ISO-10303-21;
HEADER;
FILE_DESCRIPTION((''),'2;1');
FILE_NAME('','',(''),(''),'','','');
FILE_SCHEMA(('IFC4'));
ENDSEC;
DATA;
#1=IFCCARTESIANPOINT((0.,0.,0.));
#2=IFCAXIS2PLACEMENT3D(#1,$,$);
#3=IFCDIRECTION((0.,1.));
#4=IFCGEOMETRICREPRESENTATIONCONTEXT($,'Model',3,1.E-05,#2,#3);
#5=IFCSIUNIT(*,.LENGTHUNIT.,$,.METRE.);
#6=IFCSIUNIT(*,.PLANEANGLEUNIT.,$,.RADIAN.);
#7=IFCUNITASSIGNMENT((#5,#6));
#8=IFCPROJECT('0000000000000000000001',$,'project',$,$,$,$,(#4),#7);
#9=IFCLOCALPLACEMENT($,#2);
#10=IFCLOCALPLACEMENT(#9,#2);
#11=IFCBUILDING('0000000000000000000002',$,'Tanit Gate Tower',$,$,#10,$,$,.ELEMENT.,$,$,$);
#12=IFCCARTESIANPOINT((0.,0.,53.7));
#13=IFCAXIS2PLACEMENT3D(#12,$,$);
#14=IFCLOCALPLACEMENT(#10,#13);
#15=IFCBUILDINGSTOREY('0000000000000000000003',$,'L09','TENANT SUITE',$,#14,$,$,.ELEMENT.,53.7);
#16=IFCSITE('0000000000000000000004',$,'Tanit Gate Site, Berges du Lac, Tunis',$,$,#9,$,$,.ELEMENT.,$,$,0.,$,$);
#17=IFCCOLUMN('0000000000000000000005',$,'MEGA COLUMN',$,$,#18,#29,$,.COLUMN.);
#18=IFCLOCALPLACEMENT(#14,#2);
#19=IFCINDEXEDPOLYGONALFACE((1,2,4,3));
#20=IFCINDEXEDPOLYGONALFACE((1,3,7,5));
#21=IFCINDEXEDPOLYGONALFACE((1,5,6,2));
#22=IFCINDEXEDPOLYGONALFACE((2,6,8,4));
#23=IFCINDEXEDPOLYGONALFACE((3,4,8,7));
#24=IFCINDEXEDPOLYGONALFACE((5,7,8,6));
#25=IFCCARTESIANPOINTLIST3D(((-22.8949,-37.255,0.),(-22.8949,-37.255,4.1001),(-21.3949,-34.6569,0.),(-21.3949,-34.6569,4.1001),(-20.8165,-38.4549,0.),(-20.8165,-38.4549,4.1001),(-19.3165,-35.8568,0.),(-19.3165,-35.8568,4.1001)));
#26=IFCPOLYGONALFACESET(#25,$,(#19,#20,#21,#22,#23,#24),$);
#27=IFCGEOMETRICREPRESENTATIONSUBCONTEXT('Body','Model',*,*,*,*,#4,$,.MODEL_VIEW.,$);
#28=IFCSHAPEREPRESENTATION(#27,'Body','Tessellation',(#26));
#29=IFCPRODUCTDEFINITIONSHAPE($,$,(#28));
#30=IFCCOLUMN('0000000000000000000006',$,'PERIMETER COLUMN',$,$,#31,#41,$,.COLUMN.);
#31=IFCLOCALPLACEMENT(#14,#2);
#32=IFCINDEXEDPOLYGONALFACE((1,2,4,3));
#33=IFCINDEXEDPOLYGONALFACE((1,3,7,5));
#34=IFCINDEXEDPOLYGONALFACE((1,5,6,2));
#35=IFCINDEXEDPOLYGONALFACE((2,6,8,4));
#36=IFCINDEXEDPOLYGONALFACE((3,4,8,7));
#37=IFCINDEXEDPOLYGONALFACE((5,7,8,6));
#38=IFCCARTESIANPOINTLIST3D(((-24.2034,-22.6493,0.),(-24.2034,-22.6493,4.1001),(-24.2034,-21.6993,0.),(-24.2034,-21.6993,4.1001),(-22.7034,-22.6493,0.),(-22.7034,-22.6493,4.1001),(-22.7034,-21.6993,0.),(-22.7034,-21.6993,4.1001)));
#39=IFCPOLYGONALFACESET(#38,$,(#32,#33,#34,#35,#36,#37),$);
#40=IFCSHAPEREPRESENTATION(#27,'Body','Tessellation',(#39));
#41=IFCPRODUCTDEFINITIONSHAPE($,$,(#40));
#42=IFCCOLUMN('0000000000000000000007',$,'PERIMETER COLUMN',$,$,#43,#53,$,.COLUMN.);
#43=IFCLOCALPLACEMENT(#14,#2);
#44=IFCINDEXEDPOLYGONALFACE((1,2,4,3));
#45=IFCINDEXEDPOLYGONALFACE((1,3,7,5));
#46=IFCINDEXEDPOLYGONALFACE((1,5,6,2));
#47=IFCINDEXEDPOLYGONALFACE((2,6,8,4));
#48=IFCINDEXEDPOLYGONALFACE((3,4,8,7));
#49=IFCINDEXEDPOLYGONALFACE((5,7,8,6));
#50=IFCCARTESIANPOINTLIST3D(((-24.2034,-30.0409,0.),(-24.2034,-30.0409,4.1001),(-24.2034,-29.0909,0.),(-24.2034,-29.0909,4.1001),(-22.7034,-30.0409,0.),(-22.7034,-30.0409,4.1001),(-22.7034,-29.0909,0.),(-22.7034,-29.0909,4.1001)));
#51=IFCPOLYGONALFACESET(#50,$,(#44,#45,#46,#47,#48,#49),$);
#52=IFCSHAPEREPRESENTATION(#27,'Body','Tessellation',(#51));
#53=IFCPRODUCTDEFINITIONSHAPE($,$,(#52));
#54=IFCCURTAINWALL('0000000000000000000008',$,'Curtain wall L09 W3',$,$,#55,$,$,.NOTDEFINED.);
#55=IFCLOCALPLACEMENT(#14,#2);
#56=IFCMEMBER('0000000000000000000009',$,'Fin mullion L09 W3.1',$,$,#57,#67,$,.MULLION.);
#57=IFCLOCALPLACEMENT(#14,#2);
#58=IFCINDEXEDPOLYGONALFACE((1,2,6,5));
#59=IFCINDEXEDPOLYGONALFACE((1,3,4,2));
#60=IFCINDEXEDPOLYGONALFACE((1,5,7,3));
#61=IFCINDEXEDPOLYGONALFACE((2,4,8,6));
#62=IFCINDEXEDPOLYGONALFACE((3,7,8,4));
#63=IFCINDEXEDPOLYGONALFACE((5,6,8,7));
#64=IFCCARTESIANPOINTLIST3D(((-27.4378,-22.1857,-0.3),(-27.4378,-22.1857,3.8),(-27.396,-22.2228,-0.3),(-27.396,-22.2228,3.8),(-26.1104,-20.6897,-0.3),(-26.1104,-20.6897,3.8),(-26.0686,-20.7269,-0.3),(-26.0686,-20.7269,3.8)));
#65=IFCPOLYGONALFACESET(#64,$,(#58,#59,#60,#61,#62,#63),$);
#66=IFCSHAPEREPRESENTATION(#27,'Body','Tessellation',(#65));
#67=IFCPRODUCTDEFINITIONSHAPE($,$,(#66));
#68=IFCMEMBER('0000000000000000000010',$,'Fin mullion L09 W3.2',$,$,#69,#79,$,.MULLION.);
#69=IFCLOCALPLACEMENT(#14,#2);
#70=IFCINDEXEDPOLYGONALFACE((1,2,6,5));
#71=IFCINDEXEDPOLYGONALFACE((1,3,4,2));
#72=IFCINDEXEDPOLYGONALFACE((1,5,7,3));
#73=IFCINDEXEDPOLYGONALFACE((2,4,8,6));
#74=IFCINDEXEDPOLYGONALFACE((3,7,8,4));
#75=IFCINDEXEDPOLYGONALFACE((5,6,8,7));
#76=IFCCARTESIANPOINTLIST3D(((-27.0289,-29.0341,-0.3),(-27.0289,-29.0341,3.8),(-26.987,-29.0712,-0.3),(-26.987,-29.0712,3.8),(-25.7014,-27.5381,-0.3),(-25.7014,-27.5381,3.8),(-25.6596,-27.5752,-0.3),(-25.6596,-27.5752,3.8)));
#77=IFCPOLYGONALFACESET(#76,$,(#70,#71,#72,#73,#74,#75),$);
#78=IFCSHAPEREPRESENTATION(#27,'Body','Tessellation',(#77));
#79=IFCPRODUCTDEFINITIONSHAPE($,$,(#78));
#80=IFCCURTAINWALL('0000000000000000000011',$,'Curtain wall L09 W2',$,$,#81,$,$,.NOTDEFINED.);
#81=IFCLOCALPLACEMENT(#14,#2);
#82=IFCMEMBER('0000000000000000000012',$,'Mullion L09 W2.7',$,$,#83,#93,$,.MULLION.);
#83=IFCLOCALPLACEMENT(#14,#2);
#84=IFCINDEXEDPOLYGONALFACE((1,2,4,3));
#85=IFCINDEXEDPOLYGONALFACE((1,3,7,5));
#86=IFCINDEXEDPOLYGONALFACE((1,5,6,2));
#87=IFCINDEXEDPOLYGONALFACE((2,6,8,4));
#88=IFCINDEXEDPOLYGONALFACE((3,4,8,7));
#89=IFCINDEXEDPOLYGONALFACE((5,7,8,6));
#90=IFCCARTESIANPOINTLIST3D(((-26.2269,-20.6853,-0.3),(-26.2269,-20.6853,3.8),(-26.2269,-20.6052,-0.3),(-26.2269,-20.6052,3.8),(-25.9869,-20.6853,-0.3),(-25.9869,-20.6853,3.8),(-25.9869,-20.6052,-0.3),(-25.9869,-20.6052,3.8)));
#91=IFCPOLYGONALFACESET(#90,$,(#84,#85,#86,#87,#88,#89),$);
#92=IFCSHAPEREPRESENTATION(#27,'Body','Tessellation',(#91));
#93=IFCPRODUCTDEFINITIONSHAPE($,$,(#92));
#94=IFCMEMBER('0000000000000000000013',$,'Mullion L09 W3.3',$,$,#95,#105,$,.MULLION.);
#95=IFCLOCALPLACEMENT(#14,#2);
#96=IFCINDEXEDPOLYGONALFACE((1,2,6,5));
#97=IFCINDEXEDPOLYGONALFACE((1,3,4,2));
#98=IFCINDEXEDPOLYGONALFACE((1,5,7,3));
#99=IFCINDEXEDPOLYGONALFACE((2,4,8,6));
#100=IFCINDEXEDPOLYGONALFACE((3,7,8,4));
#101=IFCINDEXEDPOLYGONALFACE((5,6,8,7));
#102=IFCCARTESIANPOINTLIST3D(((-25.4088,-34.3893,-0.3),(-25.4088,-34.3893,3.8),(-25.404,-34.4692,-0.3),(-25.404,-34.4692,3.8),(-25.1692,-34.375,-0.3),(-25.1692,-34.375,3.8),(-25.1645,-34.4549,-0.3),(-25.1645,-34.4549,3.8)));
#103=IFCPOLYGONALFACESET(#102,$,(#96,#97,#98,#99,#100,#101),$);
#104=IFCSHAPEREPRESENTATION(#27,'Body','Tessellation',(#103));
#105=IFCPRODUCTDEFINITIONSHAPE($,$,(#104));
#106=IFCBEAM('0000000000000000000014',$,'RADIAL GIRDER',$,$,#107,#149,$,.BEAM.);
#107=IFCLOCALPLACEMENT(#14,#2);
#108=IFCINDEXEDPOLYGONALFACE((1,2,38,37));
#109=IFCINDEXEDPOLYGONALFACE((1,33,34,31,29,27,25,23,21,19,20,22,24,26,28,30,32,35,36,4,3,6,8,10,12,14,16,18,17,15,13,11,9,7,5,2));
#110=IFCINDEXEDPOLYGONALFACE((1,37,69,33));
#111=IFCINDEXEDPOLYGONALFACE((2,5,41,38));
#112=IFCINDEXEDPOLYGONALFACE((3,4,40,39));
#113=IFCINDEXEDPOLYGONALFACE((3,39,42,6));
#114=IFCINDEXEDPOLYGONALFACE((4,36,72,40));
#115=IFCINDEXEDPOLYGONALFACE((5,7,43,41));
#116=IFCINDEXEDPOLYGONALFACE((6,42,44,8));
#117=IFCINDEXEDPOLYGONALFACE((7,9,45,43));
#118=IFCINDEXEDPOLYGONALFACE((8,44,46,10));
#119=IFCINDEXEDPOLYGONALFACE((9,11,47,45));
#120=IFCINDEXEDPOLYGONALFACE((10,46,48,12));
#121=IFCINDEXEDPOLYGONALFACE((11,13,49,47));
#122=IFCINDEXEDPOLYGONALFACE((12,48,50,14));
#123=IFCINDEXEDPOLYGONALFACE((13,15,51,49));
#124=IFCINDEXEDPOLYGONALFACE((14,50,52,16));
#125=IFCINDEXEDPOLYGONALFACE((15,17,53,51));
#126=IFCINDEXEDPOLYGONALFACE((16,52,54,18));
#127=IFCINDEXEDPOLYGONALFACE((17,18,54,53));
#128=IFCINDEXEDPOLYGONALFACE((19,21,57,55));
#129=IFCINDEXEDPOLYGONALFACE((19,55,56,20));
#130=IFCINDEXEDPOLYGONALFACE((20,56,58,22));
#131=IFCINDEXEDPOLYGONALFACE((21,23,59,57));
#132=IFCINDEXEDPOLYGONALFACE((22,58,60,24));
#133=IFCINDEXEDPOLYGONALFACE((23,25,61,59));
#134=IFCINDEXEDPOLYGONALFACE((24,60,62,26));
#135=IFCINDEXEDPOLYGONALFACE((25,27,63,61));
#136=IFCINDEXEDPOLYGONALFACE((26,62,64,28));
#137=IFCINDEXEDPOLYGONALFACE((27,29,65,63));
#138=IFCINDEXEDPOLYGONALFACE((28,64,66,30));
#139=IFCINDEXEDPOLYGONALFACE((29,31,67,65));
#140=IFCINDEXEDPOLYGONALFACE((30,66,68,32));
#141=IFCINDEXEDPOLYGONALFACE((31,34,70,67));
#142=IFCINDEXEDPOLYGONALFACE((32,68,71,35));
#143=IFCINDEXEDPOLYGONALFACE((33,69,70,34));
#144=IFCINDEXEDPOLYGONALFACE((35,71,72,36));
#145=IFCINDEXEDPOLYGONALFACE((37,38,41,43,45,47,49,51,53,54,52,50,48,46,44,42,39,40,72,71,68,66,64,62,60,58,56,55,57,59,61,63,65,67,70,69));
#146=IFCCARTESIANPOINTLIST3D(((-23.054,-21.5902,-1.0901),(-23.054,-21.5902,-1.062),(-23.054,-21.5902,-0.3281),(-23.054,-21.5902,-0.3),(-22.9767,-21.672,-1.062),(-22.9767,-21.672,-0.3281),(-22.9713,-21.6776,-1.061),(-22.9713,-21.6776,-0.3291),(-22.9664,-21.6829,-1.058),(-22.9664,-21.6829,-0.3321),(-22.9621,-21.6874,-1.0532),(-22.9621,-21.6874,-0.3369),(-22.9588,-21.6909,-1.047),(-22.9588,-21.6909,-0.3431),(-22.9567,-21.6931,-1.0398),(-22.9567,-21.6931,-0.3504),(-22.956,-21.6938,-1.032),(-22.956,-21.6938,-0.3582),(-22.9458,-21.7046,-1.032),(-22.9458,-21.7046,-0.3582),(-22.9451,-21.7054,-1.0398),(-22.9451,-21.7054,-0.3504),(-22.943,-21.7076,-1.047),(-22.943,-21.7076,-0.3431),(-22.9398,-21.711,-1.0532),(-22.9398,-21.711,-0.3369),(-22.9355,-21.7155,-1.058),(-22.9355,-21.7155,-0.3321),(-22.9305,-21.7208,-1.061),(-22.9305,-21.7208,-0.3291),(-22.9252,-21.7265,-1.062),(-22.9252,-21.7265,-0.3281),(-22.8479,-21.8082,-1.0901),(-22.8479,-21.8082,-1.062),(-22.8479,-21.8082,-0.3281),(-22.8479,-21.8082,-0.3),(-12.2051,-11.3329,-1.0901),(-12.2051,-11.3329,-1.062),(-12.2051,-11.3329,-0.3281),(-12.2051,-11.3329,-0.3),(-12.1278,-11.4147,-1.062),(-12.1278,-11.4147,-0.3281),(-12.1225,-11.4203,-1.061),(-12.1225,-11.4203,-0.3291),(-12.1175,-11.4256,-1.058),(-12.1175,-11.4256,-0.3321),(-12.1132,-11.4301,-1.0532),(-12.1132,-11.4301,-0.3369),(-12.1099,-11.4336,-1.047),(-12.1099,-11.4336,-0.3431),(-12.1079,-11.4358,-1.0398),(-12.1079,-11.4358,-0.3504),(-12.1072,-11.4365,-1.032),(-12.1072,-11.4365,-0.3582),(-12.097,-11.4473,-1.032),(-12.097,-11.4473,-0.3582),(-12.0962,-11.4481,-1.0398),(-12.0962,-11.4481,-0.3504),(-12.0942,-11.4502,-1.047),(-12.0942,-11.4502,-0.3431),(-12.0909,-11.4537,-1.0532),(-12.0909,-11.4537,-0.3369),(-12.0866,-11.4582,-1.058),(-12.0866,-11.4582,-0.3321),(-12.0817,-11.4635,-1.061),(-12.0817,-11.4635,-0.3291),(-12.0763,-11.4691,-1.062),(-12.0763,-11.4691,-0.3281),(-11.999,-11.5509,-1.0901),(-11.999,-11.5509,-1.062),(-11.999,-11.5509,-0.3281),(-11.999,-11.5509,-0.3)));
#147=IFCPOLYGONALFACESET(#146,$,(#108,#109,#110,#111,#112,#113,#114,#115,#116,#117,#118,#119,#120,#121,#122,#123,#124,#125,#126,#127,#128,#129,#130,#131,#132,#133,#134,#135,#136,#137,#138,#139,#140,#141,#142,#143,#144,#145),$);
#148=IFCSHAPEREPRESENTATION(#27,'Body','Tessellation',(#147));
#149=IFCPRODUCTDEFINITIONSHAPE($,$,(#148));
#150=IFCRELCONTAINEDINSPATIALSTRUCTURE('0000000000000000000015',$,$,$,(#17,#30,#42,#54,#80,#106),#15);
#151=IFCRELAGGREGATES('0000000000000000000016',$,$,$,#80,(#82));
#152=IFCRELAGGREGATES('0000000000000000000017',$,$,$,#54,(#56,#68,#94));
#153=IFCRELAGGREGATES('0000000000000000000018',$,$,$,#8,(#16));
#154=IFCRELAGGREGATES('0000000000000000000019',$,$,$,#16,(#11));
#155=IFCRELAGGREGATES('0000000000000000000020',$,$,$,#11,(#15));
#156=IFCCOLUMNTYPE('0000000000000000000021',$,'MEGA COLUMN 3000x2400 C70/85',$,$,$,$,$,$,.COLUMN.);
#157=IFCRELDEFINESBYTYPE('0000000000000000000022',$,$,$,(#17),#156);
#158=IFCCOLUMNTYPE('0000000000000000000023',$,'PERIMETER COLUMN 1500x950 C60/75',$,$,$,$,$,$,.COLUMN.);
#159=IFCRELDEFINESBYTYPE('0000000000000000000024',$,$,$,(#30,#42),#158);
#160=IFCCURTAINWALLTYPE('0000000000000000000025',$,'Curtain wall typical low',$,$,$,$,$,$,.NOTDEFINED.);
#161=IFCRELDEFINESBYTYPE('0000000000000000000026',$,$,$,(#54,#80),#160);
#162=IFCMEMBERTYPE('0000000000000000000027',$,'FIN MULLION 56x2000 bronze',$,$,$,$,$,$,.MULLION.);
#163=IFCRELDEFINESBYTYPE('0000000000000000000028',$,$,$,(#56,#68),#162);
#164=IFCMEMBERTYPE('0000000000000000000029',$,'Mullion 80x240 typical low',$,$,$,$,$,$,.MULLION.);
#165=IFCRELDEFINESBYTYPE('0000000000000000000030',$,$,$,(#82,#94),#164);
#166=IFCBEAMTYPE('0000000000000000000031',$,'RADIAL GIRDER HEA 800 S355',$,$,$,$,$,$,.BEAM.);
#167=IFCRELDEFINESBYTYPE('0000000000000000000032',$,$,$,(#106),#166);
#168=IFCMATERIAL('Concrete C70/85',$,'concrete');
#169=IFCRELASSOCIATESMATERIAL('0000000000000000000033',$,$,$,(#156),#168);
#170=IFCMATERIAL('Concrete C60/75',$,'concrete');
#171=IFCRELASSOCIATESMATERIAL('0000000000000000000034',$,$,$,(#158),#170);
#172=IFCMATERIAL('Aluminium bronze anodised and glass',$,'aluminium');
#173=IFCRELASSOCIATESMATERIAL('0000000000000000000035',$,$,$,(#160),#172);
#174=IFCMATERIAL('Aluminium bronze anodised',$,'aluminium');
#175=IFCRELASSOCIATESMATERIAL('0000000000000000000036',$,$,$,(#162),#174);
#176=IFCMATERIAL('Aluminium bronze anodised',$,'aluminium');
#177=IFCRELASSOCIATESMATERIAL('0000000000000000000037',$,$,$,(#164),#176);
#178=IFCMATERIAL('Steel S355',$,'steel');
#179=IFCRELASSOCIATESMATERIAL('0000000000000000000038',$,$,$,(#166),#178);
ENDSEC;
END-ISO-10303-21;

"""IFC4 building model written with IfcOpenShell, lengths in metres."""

from ifc_helpers import new_model, si_unit, direction, frame, origin, origin_2d, place, context, subcontext, project, spatial, rectangle, i_section, extrude, material, material_profile, profile_set, type_object, element, aggregate, save


model = new_model("IFC4")

# Units and contexts
model_context = context("Model", 3, precision=1e-05, world=origin(), true_north=direction((0.0, 1.0)))
body_context = subcontext(model_context, "Body", "Model", "MODEL_VIEW")
ifc_project = project(units=[si_unit("LENGTHUNIT", "METRE"), si_unit("PLANEANGLEUNIT", "RADIAN")], contexts=[model_context])

# Site, building, storey
site_placement = place(None, origin())
site = spatial("IfcSite", under=ifc_project, at=site_placement, Name="Tanit Gate Site, Berges du Lac, Tunis", CompositionType="ELEMENT", RefElevation=0.0)
building_placement = place(site_placement, origin())
building = spatial("IfcBuilding", under=site, at=building_placement, Name="Tanit Gate Tower", CompositionType="ELEMENT")
storey_placement = place(building_placement, frame((0.0, 0.0, 53.7)))
storey = spatial("IfcBuildingStorey", under=building, at=storey_placement, Name="L09", Description="TENANT SUITE", CompositionType="ELEMENT", Elevation=53.7)

# Columns
ifc_material_1 = material(Name="Concrete C70/85", Category="concrete")
ifc_material_profile_1 = material_profile(ifc_material_1, rectangle(XDim=3.0, YDim=2.3999, at=origin_2d()), Name="RC 3000x2400")
ifc_profile_set_1 = profile_set([ifc_material_profile_1], Name="Concrete C70/85")
column_type_1 = type_object("IfcColumnType", Name="MEGA COLUMN 3000x2400 C70/85", PredefinedType="COLUMN", material=ifc_profile_set_1)
column_placement = place(storey_placement, frame((-21.1057, -36.5559, 0.0), z_axis=(0.0, 0.0, 1.0), x_axis=(-0.5, -0.866025, 0.0)))
element("IfcColumn", 1, at=column_placement, inside=storey, type_object=column_type_1, Name="MEGA COLUMN", PredefinedType="COLUMN", context=body_context, shape_type="SweptSolid", body=[
    extrude(rectangle(XDim=3.0, YDim=2.3999, at=origin_2d()), origin(), (0.0, 0.0, 1.0), 4.1001),
])
ifc_material_2 = material(Name="Concrete C60/75", Category="concrete")
ifc_material_profile_2 = material_profile(ifc_material_2, rectangle(XDim=1.5, YDim=0.95, at=origin_2d()), Name="RC 1500x950")
ifc_profile_set_2 = profile_set([ifc_material_profile_2], Name="Concrete C60/75")
column_type_2 = type_object("IfcColumnType", Name="PERIMETER COLUMN 1500x950 C60/75", PredefinedType="COLUMN", material=ifc_profile_set_2)
for number, where, z_axis, x_axis, name in (
    (2, (-23.4534, -22.1743, 0.0), (0.0, 0.0, 1.0), (-1.0, 0.0, 0.0), "PERIMETER COLUMN"),
    (3, (-23.4534, -29.5659, 0.0), (0.0, 0.0, 1.0), (-1.0, 0.0, 0.0), "PERIMETER COLUMN"),
):
    element("IfcColumn", number, at=place(storey_placement, frame(where, z_axis=z_axis, x_axis=x_axis)), inside=storey, type_object=column_type_2, Name=name, PredefinedType="COLUMN", context=body_context, shape_type="SweptSolid", body=[
        extrude(rectangle(XDim=1.5, YDim=0.95, at=origin_2d()), origin(), (0.0, 0.0, 1.0), 4.1001),
    ])

# Curtain wall, members
ifc_material_3 = material(Name="Aluminium bronze anodised and glass", Category="aluminium")
curtain_wall_type = type_object("IfcCurtainWallType", Name="Curtain wall typical low", PredefinedType="NOTDEFINED", material=ifc_material_3)
curtain_wall_1_placement = place(storey_placement, origin())
curtain_wall_1 = element("IfcCurtainWall", 4, at=curtain_wall_1_placement, inside=storey, type_object=curtain_wall_type, Name="Curtain wall L09 W3", PredefinedType="NOTDEFINED")
ifc_material_4 = material(Name="Aluminium bronze anodised", Category="aluminium")
ifc_material_profile_3 = material_profile(ifc_material_4, rectangle(XDim=2.0, YDim=0.0559, at=origin_2d()), Name="56x2000 bronze fin mullion")
ifc_profile_set_3 = profile_set([ifc_material_profile_3], Name="Aluminium bronze anodised")
member_type_1 = type_object("IfcMemberType", Name="FIN MULLION 56x2000 bronze", PredefinedType="MULLION", material=ifc_profile_set_3)
member_1_placement = place(storey_placement, frame((-26.7532, -21.4563, -0.3), z_axis=(0.0, 0.0, 1.0), x_axis=(0.663703, 0.747996, 0.0)))
member_1 = element("IfcMember", 5, at=member_1_placement, type_object=member_type_1, Name="Fin mullion L09 W3.1", PredefinedType="MULLION", context=body_context, shape_type="SweptSolid", body=[
    extrude(rectangle(XDim=2.0, YDim=0.0559, at=origin_2d()), origin(), (0.0, 0.0, 1.0), 4.1001),
])
member_2_placement = place(storey_placement, frame((-26.3442, -28.3047, -0.3), z_axis=(0.0, 0.0, 1.0), x_axis=(0.663703, 0.747996, 0.0)))
member_2 = element("IfcMember", 6, at=member_2_placement, type_object=member_type_1, Name="Fin mullion L09 W3.2", PredefinedType="MULLION", context=body_context, shape_type="SweptSolid", body=[
    extrude(rectangle(XDim=2.0, YDim=0.0559, at=origin_2d()), origin(), (0.0, 0.0, 1.0), 4.1001),
])

# Curtain wall, member
curtain_wall_2_placement = place(storey_placement, origin())
curtain_wall_2 = element("IfcCurtainWall", 7, at=curtain_wall_2_placement, inside=storey, type_object=curtain_wall_type, Name="Curtain wall L09 W2", PredefinedType="NOTDEFINED")
ifc_material_5 = material(Name="Aluminium bronze anodised", Category="aluminium")
ifc_material_profile_4 = material_profile(ifc_material_5, rectangle(XDim=0.24, YDim=0.0801, at=origin_2d()), Name="80x240 bronze mullion")
ifc_profile_set_4 = profile_set([ifc_material_profile_4], Name="Aluminium bronze anodised")
member_type_2 = type_object("IfcMemberType", Name="Mullion 80x240 typical low", PredefinedType="MULLION", material=ifc_profile_set_4)
member_3_placement = place(storey_placement, frame((-26.1069, -20.6453, -0.3), z_axis=(0.0, 0.0, 1.0), x_axis=(1.0, 0.000069, 0.0)))
member_3 = element("IfcMember", 8, at=member_3_placement, type_object=member_type_2, Name="Mullion L09 W2.7", PredefinedType="MULLION", context=body_context, shape_type="SweptSolid", body=[
    extrude(rectangle(XDim=0.24, YDim=0.0801, at=origin_2d()), origin(), (0.0, 0.0, 1.0), 4.1001),
])
aggregate(curtain_wall_2, [member_3])

# Member
member_4_placement = place(storey_placement, frame((-25.2866, -34.4221, -0.3), z_axis=(0.0, 0.0, 1.0), x_axis=(0.998222, 0.059605, 0.0)))
member_4 = element("IfcMember", 9, at=member_4_placement, type_object=member_type_2, Name="Mullion L09 W3.3", PredefinedType="MULLION", context=body_context, shape_type="SweptSolid", body=[
    extrude(rectangle(XDim=0.24, YDim=0.0801, at=origin_2d()), origin(), (0.0, 0.0, 1.0), 4.1001),
])

# Beam
ifc_material_6 = material(Name="Steel S355", Category="steel")
ifc_material_profile_5 = material_profile(ifc_material_6, i_section(OverallWidth=0.3, OverallDepth=0.79, WebThickness=0.0149, FlangeThickness=0.0281, FilletRadius=0.03, at=origin_2d()), Name="HEA 800")
ifc_profile_set_5 = profile_set([ifc_material_profile_5], Name="Steel S355")
beam_type_1 = type_object("IfcBeamType", Name="RADIAL GIRDER HEA 800 S355", PredefinedType="BEAM", material=ifc_profile_set_5)
beam_1_placement = place(storey_placement, frame((-22.9509, -21.6992, -0.6951), z_axis=(0.72664, 0.687019, 0.0), x_axis=(-0.687019, 0.72664, 0.0)))
element("IfcBeam", 10, at=beam_1_placement, inside=storey, type_object=beam_type_1, Name="RADIAL GIRDER", PredefinedType="BEAM", context=body_context, shape_type="SweptSolid", body=[
    extrude(i_section(OverallWidth=0.3, OverallDepth=0.79, WebThickness=0.0149, FlangeThickness=0.0281, FilletRadius=0.03, at=origin_2d()), origin(), (0.0, 0.0, 1.0), 14.9302),
])

aggregate(curtain_wall_1, [member_1, member_2, member_4])

save(model, "model.ifc")
